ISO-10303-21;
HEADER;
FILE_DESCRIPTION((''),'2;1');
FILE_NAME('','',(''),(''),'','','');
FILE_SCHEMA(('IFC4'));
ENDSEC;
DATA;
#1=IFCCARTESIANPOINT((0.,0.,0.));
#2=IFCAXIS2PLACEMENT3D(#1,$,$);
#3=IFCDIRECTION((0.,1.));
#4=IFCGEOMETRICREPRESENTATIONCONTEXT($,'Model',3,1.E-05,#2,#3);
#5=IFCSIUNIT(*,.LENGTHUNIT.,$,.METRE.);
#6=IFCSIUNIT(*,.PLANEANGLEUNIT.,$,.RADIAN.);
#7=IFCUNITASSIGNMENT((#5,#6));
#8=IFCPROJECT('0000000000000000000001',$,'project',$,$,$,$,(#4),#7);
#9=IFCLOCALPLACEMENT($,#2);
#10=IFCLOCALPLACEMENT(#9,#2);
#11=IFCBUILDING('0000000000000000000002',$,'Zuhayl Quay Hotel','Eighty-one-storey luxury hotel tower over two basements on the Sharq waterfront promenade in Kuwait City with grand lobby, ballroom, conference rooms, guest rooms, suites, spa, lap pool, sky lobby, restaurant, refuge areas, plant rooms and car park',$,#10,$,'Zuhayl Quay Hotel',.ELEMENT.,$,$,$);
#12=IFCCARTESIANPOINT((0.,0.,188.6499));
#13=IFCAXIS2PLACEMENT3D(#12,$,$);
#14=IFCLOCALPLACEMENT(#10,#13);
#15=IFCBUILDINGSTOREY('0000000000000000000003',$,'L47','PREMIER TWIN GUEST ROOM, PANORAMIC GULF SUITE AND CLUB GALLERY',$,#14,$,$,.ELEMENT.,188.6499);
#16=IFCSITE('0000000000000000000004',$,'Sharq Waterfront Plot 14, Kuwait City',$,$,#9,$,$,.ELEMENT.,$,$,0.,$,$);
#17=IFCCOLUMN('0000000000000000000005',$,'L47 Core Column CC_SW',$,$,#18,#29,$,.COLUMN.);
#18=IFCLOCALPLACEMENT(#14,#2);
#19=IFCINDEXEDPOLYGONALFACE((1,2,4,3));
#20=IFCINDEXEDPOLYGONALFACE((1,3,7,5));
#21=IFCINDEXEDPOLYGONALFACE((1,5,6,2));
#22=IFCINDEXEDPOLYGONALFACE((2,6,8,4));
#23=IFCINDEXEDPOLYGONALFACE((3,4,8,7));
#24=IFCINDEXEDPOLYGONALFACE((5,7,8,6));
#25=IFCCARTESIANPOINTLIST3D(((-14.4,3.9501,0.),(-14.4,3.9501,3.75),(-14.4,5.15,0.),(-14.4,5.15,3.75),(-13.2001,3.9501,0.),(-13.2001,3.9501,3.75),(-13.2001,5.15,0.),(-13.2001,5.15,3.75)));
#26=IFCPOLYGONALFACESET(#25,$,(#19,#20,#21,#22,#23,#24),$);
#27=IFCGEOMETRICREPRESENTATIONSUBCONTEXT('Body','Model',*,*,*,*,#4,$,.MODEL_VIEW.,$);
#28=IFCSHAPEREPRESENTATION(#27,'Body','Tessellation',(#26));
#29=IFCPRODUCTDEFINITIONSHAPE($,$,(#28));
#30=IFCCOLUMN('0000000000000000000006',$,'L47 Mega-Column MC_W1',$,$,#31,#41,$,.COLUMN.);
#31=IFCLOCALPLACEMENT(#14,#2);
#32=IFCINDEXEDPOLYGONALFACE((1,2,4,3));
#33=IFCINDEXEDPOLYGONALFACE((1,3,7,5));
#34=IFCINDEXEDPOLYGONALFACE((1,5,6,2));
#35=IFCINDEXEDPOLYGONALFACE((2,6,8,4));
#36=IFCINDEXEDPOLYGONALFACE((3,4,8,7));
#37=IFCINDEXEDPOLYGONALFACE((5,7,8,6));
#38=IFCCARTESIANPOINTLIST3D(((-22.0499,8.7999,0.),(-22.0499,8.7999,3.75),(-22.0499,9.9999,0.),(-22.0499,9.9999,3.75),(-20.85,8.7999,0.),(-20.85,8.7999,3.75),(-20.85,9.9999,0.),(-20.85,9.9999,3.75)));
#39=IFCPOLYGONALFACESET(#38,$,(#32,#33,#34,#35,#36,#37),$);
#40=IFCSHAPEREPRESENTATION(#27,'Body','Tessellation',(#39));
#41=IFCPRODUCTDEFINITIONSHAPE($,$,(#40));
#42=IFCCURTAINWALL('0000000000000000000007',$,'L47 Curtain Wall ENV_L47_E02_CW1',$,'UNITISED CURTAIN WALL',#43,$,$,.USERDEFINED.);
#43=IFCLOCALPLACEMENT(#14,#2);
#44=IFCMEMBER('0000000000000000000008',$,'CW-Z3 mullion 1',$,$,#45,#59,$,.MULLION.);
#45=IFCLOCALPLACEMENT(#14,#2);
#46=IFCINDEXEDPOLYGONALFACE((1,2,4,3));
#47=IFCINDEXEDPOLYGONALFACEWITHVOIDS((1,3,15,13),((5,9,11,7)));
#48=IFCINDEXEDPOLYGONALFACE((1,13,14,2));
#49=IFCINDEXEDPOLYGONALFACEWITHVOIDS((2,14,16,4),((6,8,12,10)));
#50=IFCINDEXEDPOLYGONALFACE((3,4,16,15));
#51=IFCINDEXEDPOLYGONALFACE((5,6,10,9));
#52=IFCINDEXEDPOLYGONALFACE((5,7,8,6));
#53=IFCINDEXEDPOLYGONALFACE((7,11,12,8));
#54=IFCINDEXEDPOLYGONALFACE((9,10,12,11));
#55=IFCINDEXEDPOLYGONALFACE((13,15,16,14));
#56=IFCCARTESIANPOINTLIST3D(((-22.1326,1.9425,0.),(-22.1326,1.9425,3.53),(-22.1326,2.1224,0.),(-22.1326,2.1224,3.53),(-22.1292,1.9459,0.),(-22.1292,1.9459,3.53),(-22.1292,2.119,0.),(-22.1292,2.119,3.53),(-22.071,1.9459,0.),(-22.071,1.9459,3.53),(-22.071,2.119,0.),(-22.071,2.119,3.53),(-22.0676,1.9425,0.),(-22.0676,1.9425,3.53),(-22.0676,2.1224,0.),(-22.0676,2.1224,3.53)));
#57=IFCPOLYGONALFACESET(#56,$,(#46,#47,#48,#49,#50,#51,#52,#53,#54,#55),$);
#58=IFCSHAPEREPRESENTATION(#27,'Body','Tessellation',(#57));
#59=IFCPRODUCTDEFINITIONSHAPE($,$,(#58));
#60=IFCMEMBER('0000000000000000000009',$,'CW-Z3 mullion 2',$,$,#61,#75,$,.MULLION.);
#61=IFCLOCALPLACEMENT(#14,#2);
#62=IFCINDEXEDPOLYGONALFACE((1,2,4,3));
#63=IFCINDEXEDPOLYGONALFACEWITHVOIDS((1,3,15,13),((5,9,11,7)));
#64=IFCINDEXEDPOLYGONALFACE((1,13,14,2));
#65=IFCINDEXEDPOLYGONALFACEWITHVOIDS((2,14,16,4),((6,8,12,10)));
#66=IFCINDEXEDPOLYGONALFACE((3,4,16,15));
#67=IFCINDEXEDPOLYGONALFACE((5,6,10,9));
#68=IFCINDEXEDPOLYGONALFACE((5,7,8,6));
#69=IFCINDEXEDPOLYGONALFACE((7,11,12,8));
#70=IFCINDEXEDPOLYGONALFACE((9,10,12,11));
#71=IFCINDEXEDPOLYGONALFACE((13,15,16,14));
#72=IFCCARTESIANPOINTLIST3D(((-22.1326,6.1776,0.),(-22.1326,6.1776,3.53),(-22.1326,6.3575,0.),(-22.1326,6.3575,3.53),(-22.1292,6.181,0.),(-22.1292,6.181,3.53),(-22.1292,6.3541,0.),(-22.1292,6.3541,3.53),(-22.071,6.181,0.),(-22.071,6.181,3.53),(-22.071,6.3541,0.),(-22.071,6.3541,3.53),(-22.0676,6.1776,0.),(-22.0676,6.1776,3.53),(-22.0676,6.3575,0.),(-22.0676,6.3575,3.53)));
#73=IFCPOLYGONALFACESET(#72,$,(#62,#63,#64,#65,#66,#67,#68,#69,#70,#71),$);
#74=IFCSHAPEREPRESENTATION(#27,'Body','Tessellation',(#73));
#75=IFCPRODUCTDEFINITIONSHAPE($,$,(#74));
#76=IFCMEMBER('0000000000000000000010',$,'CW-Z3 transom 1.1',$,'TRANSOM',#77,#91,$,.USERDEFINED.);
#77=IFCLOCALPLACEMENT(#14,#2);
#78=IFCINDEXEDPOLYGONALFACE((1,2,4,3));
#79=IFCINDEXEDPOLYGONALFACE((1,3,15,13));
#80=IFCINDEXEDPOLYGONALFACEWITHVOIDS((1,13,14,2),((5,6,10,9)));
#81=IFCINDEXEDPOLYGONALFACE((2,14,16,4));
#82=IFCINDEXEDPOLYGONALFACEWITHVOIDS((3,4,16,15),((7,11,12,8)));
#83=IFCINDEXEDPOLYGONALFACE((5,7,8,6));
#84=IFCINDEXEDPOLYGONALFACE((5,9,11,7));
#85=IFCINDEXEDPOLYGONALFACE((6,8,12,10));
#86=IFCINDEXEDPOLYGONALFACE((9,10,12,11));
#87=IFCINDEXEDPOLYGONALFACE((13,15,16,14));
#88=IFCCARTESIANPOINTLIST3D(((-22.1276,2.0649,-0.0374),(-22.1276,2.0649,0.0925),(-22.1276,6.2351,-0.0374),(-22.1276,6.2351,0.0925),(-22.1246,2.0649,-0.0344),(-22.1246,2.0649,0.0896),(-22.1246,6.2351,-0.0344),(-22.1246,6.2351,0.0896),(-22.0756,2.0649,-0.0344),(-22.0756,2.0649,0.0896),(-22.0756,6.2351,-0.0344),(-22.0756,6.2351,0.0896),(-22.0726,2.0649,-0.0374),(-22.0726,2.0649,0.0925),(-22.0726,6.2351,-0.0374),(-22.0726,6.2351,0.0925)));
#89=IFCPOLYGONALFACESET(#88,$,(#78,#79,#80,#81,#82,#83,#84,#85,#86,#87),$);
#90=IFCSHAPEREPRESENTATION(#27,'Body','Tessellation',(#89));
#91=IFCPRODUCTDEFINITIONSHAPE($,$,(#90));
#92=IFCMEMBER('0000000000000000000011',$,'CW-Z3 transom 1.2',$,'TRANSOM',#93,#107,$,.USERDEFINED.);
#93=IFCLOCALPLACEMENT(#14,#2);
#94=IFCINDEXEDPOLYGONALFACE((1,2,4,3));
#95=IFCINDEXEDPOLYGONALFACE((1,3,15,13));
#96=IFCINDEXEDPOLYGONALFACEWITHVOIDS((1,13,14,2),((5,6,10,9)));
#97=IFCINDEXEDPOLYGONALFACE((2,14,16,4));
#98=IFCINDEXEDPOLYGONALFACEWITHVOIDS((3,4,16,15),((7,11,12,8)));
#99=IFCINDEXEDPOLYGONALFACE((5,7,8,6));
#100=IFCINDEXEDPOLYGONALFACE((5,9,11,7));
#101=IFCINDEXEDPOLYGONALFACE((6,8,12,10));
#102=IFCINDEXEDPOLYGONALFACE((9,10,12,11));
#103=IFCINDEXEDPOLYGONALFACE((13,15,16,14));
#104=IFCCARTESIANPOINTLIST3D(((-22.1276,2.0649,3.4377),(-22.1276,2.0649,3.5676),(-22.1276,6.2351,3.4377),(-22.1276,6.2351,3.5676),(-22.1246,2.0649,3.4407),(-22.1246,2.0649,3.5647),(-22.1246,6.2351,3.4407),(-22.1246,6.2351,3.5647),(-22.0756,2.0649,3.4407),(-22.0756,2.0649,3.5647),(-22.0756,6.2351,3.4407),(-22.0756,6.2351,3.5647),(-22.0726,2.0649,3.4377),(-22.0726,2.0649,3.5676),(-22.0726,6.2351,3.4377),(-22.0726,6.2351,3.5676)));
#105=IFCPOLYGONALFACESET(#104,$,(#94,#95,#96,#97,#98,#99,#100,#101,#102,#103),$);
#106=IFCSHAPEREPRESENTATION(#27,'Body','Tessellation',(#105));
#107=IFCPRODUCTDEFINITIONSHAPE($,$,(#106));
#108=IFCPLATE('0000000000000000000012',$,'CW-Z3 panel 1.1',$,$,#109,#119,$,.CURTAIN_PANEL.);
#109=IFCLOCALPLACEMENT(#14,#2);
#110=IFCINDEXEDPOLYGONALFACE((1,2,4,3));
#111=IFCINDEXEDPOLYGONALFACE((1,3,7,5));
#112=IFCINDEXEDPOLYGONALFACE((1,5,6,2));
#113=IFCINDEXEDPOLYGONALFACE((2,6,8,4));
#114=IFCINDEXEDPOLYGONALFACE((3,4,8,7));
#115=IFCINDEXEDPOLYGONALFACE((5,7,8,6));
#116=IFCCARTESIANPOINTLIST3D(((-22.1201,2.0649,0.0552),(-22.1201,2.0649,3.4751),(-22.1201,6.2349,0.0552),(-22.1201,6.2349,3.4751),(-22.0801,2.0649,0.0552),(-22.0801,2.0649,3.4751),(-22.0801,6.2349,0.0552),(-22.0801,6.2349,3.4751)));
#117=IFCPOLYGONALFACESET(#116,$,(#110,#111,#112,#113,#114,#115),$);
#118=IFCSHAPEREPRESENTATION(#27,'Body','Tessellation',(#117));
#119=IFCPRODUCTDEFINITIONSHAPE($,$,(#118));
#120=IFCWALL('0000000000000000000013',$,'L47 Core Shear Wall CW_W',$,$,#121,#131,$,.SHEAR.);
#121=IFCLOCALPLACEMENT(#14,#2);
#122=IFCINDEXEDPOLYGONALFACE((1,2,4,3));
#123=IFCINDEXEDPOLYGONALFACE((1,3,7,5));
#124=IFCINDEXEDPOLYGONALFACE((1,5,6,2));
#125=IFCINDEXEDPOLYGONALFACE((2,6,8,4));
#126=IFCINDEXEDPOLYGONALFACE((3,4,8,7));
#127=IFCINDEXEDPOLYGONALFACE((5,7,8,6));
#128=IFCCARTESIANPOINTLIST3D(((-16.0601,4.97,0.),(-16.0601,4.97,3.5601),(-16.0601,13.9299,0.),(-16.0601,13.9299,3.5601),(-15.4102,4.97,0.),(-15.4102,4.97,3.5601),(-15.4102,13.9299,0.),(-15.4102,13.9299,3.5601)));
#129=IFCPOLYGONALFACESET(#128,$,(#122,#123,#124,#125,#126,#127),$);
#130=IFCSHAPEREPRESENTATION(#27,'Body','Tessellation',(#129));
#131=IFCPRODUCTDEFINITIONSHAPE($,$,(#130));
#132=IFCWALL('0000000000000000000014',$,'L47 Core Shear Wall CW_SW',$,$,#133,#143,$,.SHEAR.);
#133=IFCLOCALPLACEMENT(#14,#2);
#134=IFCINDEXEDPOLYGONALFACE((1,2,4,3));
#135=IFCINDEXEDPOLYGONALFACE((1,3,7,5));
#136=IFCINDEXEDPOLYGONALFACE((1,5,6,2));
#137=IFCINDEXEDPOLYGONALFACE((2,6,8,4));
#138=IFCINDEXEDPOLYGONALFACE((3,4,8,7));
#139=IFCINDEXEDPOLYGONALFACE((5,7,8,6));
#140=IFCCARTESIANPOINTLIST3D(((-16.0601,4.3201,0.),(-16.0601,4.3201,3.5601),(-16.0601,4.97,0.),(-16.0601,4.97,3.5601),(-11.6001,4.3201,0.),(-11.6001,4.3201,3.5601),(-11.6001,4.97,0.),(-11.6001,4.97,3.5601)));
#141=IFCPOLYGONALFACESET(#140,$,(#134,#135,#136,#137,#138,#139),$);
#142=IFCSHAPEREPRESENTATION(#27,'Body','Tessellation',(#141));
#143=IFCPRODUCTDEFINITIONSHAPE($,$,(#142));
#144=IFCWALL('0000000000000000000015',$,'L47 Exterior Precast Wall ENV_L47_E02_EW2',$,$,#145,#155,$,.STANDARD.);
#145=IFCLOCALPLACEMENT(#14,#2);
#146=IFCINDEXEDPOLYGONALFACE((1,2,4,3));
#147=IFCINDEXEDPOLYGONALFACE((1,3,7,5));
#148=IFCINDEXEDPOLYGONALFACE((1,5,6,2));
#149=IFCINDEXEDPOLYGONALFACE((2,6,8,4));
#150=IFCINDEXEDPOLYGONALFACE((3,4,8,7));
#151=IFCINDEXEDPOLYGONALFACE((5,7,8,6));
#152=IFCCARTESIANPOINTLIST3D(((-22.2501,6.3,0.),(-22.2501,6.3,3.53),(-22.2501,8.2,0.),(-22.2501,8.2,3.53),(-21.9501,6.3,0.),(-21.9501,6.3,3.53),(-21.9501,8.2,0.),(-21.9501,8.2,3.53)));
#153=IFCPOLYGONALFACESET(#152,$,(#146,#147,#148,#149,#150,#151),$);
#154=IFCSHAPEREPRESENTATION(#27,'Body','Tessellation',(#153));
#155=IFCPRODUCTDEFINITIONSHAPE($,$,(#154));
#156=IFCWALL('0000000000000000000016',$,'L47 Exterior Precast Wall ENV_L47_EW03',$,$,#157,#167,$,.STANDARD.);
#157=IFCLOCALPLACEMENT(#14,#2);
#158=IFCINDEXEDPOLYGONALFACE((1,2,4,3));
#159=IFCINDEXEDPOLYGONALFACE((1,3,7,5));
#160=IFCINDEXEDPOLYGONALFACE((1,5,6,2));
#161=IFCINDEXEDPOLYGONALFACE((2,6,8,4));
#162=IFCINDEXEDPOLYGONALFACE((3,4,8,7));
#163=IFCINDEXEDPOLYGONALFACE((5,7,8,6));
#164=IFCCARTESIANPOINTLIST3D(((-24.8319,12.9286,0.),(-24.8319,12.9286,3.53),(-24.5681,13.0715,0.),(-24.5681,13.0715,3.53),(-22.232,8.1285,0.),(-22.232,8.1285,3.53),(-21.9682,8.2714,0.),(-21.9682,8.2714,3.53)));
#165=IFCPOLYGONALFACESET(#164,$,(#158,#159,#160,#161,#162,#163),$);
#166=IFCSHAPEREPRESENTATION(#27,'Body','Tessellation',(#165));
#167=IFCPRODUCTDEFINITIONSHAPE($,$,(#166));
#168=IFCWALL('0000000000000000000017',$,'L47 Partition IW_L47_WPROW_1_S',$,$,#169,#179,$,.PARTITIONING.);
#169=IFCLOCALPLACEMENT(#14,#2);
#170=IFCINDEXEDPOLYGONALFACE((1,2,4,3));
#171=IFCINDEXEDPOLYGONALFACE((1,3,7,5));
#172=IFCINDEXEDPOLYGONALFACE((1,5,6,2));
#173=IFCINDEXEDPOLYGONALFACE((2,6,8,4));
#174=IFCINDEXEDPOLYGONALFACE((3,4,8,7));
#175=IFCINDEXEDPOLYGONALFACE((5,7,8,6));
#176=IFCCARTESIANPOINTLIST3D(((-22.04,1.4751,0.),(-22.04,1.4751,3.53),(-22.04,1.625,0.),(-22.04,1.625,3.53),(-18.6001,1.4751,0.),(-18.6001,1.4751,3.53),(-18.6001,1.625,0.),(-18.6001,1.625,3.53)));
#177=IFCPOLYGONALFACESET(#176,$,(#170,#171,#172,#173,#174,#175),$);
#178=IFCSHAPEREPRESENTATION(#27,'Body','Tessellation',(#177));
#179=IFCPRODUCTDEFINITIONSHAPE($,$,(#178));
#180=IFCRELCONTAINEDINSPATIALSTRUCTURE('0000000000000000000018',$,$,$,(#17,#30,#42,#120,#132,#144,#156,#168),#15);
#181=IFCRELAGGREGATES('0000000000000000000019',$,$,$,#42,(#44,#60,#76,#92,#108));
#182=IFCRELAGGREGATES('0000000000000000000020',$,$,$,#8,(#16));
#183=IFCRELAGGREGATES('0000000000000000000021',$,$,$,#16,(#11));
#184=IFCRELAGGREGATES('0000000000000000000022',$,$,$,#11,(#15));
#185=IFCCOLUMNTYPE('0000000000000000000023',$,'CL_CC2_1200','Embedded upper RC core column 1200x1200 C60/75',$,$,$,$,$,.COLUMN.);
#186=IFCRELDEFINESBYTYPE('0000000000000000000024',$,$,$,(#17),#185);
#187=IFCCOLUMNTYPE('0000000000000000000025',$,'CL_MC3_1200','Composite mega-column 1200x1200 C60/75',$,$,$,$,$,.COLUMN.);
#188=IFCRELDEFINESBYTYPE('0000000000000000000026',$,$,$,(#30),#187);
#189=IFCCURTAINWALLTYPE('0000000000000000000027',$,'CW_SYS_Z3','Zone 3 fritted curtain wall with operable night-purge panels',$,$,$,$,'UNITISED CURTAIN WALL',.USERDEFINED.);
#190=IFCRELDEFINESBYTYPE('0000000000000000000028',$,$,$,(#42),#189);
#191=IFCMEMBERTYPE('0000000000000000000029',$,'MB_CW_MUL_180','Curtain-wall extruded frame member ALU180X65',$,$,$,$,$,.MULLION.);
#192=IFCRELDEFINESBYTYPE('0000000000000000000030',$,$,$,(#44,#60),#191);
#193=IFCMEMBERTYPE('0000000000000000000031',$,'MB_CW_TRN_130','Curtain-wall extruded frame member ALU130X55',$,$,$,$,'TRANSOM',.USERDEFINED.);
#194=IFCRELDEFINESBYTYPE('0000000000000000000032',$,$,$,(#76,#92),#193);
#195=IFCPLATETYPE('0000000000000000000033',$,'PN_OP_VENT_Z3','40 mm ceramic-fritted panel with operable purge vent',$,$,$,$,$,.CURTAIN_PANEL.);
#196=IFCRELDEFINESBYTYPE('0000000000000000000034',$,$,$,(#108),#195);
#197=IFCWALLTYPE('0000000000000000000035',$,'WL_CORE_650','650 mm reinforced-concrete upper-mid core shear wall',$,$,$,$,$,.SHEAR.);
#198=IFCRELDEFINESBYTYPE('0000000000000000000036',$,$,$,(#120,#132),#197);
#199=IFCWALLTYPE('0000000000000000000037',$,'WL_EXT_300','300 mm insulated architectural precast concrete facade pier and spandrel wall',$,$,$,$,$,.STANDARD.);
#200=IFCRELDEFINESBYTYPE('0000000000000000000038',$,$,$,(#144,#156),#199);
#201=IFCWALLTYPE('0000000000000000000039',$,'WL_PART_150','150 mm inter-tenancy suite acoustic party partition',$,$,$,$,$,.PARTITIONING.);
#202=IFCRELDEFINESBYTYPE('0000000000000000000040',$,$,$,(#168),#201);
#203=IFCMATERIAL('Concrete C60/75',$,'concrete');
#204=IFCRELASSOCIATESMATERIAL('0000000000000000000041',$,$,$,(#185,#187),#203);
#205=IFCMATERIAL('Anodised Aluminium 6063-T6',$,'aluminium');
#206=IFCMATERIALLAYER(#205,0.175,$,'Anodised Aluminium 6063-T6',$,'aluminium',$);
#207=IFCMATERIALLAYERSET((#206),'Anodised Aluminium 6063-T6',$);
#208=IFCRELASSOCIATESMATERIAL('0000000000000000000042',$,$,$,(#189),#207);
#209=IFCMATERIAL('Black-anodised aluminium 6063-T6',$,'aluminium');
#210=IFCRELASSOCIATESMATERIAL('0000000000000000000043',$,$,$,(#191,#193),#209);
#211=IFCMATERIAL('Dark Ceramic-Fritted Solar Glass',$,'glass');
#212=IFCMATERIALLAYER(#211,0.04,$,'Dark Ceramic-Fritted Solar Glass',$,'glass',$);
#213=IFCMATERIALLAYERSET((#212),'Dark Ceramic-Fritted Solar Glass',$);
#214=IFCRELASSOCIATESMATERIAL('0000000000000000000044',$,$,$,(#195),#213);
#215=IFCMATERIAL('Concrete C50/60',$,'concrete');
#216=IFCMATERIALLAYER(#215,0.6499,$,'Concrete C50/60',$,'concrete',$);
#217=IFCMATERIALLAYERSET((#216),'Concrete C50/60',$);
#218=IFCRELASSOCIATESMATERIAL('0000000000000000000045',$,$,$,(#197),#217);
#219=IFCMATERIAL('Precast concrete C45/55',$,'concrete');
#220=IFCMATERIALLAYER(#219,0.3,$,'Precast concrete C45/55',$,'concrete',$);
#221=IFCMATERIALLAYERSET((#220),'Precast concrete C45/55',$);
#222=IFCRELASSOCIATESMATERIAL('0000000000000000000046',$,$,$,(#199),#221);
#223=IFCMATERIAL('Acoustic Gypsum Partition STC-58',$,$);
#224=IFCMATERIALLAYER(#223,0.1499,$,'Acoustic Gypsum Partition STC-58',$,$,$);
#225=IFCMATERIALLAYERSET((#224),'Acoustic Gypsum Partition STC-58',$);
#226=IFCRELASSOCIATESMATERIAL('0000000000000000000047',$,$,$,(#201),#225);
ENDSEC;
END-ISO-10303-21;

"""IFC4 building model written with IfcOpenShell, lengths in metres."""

from ifc_helpers import new_model, si_unit, direction, frame, frame_2d, origin, origin_2d, place, context, subcontext, project, spatial, rectangle, hollow_rectangle, extrude, material, layer, layer_set, material_profile, profile_set, type_object, element, aggregate, save


model = new_model("IFC4")

# Units and contexts
model_context = context("Model", 3, precision=1e-05, world=origin(), true_north=direction((0.0, 1.0)))
body_context = subcontext(model_context, "Body", "Model", "MODEL_VIEW")
ifc_project = project(units=[si_unit("LENGTHUNIT", "METRE"), si_unit("PLANEANGLEUNIT", "RADIAN")], contexts=[model_context])

# Site, building, storey
site_placement = place(None, origin())
site = spatial("IfcSite", under=ifc_project, at=site_placement, Name="Sharq Waterfront Plot 14, Kuwait City", CompositionType="ELEMENT", RefElevation=0.0)
building_placement = place(site_placement, origin())
building = spatial("IfcBuilding", under=site, at=building_placement, Name="Zuhayl Quay Hotel", Description="Eighty-one-storey luxury hotel tower over two basements on the Sharq waterfront promenade in Kuwait City with grand lobby, ballroom, conference rooms, guest rooms, suites, spa, lap pool, sky lobby, restaurant, refuge areas, plant rooms and car park", LongName="Zuhayl Quay Hotel", CompositionType="ELEMENT")
storey_placement = place(building_placement, frame((0.0, 0.0, 188.6499)))
storey = spatial("IfcBuildingStorey", under=building, at=storey_placement, Name="L47", Description="PREMIER TWIN GUEST ROOM, PANORAMIC GULF SUITE AND CLUB GALLERY", CompositionType="ELEMENT", Elevation=188.6499)

# Columns
ifc_material_1 = material(Name="Concrete C60/75", Category="concrete")
ifc_material_profile_1 = material_profile(ifc_material_1, rectangle(XDim=1.2, YDim=1.2, at=origin_2d()), Name="RC1200X1200")
ifc_profile_set_1 = profile_set([ifc_material_profile_1], Name="Concrete C60/75")
column_type_1 = type_object("IfcColumnType", Name="CL_CC2_1200", Description="Embedded upper RC core column 1200x1200 C60/75", PredefinedType="COLUMN", material=ifc_profile_set_1)
column_1_placement = place(storey_placement, frame((-13.8, 4.55, 0.0), z_axis=(0.0, 0.0, 1.0), x_axis=(1.0, 0.0, 0.0)))
element("IfcColumn", 1, at=column_1_placement, inside=storey, type_object=column_type_1, Name="L47 Core Column CC_SW", PredefinedType="COLUMN", context=body_context, shape_type="SweptSolid", body=[
    extrude(rectangle(XDim=1.2, YDim=1.2, at=origin_2d()), origin(), (0.0, 0.0, 1.0), 3.75),
])
ifc_material_profile_2 = material_profile(ifc_material_1, rectangle(XDim=1.2, YDim=1.2, at=origin_2d()), Name="RC1200X1200")
ifc_profile_set_2 = profile_set([ifc_material_profile_2], Name="Concrete C60/75")
column_type_2 = type_object("IfcColumnType", Name="CL_MC3_1200", Description="Composite mega-column 1200x1200 C60/75", PredefinedType="COLUMN", material=ifc_profile_set_2)
column_2_placement = place(storey_placement, frame((-21.45, 9.3999, 0.0), z_axis=(0.0, 0.0, 1.0), x_axis=(1.0, 0.0, 0.0)))
element("IfcColumn", 2, at=column_2_placement, inside=storey, type_object=column_type_2, Name="L47 Mega-Column MC_W1", PredefinedType="COLUMN", context=body_context, shape_type="SweptSolid", body=[
    extrude(rectangle(XDim=1.2, YDim=1.2, at=origin_2d()), origin(), (0.0, 0.0, 1.0), 3.75),
])

# Curtain wall, members, plate
ifc_material_2 = material(Name="Anodised Aluminium 6063-T6", Category="aluminium")
ifc_layer_1 = layer(ifc_material_2, 0.175, Name="Anodised Aluminium 6063-T6", Category="aluminium")
ifc_layer_set_1 = layer_set([ifc_layer_1], Name="Anodised Aluminium 6063-T6")
curtain_wall_type = type_object("IfcCurtainWallType", Name="CW_SYS_Z3", Description="Zone 3 fritted curtain wall with operable night-purge panels", ElementType="UNITISED CURTAIN WALL", PredefinedType="USERDEFINED", material=ifc_layer_set_1)
curtain_wall_placement = place(storey_placement, origin())
curtain_wall = element("IfcCurtainWall", 3, at=curtain_wall_placement, inside=storey, type_object=curtain_wall_type, Name="L47 Curtain Wall ENV_L47_E02_CW1", ObjectType="UNITISED CURTAIN WALL", PredefinedType="USERDEFINED")
ifc_material_3 = material(Name="Black-anodised aluminium 6063-T6", Category="aluminium")
ifc_material_profile_3 = material_profile(ifc_material_3, hollow_rectangle(XDim=0.0649, YDim=0.1799, WallThickness=0.0034, at=origin_2d()), Name="ALU180X65")
ifc_profile_set_3 = profile_set([ifc_material_profile_3], Name="Black-anodised aluminium 6063-T6")
member_type_1 = type_object("IfcMemberType", Name="MB_CW_MUL_180", Description="Curtain-wall extruded frame member ALU180X65", PredefinedType="MULLION", material=ifc_profile_set_3)
member_1_placement = place(storey_placement, frame((-22.1001, 2.0325, 0.0), z_axis=(0.0, 0.0, 1.0), x_axis=(-1.0, 0.0, 0.0)))
member_1 = element("IfcMember", 4, at=member_1_placement, type_object=member_type_1, Name="CW-Z3 mullion 1", PredefinedType="MULLION", context=body_context, shape_type="SweptSolid", body=[
    extrude(hollow_rectangle(XDim=0.0649, YDim=0.1799, WallThickness=0.0034, at=origin_2d()), origin(), (0.0, 0.0, 1.0), 3.53),
])
member_2_placement = place(storey_placement, frame((-22.1001, 6.2676, 0.0), z_axis=(0.0, 0.0, 1.0), x_axis=(-1.0, 0.0, 0.0)))
member_2 = element("IfcMember", 5, at=member_2_placement, type_object=member_type_1, Name="CW-Z3 mullion 2", PredefinedType="MULLION", context=body_context, shape_type="SweptSolid", body=[
    extrude(hollow_rectangle(XDim=0.0649, YDim=0.1799, WallThickness=0.0034, at=origin_2d()), origin(), (0.0, 0.0, 1.0), 3.53),
])
ifc_material_profile_4 = material_profile(ifc_material_3, hollow_rectangle(XDim=0.0549, YDim=0.1299, WallThickness=0.0029, at=origin_2d()), Name="ALU130X55")
ifc_profile_set_4 = profile_set([ifc_material_profile_4], Name="Black-anodised aluminium 6063-T6")
member_type_2 = type_object("IfcMemberType", Name="MB_CW_TRN_130", Description="Curtain-wall extruded frame member ALU130X55", ElementType="TRANSOM", PredefinedType="USERDEFINED", material=ifc_profile_set_4)
member_3_placement = place(storey_placement, frame((-22.1001, 2.0649, 0.0276), z_axis=(0.0, 1.0, 0.0), x_axis=(-1.0, 0.0, 0.0)))
member_3 = element("IfcMember", 6, at=member_3_placement, type_object=member_type_2, Name="CW-Z3 transom 1.1", ObjectType="TRANSOM", PredefinedType="USERDEFINED", context=body_context, shape_type="SweptSolid", body=[
    extrude(hollow_rectangle(XDim=0.0549, YDim=0.1299, WallThickness=0.0029, at=origin_2d()), origin(), (0.0, 0.0, 1.0), 4.1702),
])
member_4_placement = place(storey_placement, frame((-22.1001, 2.0649, 3.5027), z_axis=(0.0, 1.0, 0.0), x_axis=(-1.0, 0.0, 0.0)))
member_4 = element("IfcMember", 7, at=member_4_placement, type_object=member_type_2, Name="CW-Z3 transom 1.2", ObjectType="TRANSOM", PredefinedType="USERDEFINED", context=body_context, shape_type="SweptSolid", body=[
    extrude(hollow_rectangle(XDim=0.0549, YDim=0.1299, WallThickness=0.0029, at=origin_2d()), origin(), (0.0, 0.0, 1.0), 4.1702),
])
ifc_material_4 = material(Name="Dark Ceramic-Fritted Solar Glass", Category="glass")
ifc_layer_2 = layer(ifc_material_4, 0.04, Name="Dark Ceramic-Fritted Solar Glass", Category="glass")
ifc_layer_set_2 = layer_set([ifc_layer_2], Name="Dark Ceramic-Fritted Solar Glass")
plate_type = type_object("IfcPlateType", Name="PN_OP_VENT_Z3", Description="40 mm ceramic-fritted panel with operable purge vent", PredefinedType="CURTAIN_PANEL", material=ifc_layer_set_2)
plate_placement = place(storey_placement, frame((-22.1001, 4.1499, 0.0552), z_axis=(0.0, 0.0, 1.0), x_axis=(0.0, 1.0, 0.0)))
plate = element("IfcPlate", 8, at=plate_placement, type_object=plate_type, Name="CW-Z3 panel 1.1", PredefinedType="CURTAIN_PANEL", context=body_context, shape_type="SweptSolid", body=[
    extrude(rectangle(XDim=4.1699, YDim=0.04, at=origin_2d()), origin(), (0.0, 0.0, 1.0), 3.4199),
])
aggregate(curtain_wall, [member_1, member_2, member_3, member_4, plate])

# Walls
ifc_material_5 = material(Name="Concrete C50/60", Category="concrete")
ifc_layer_3 = layer(ifc_material_5, 0.6499, Name="Concrete C50/60", Category="concrete")
ifc_layer_set_3 = layer_set([ifc_layer_3], Name="Concrete C50/60")
wall_type_1 = type_object("IfcWallType", Name="WL_CORE_650", Description="650 mm reinforced-concrete upper-mid core shear wall", PredefinedType="SHEAR", material=ifc_layer_set_3)
wall_1_placement = place(storey_placement, frame((-15.7351, 4.97, 0.0), z_axis=(0.0, 0.0, 1.0), x_axis=(0.0, 1.0, 0.0)))
element("IfcWall", 9, at=wall_1_placement, inside=storey, type_object=wall_type_1, Name="L47 Core Shear Wall CW_W", PredefinedType="SHEAR", context=body_context, shape_type="SweptSolid", body=[
    extrude(rectangle(XDim=8.96, YDim=0.6499, at=frame_2d((4.48, 0.0))), origin(), (0.0, 0.0, 1.0), 3.5601),
])
wall_2_placement = place(storey_placement, frame((-16.0601, 4.645, 0.0), z_axis=(0.0, 0.0, 1.0), x_axis=(1.0, 0.0, 0.0)))
element("IfcWall", 10, at=wall_2_placement, inside=storey, type_object=wall_type_1, Name="L47 Core Shear Wall CW_SW", PredefinedType="SHEAR", context=body_context, shape_type="SweptSolid", body=[
    extrude(rectangle(XDim=4.46, YDim=0.6499, at=frame_2d((2.23, 0.0))), origin(), (0.0, 0.0, 1.0), 3.5601),
])
ifc_material_6 = material(Name="Precast concrete C45/55", Category="concrete")
ifc_layer_4 = layer(ifc_material_6, 0.3, Name="Precast concrete C45/55", Category="concrete")
ifc_layer_set_4 = layer_set([ifc_layer_4], Name="Precast concrete C45/55")
wall_type_2 = type_object("IfcWallType", Name="WL_EXT_300", Description="300 mm insulated architectural precast concrete facade pier and spandrel wall", PredefinedType="STANDARD", material=ifc_layer_set_4)
wall_3_placement = place(storey_placement, frame((-22.1001, 6.3, 0.0), z_axis=(0.0, 0.0, 1.0), x_axis=(0.0, 1.0, 0.0)))
element("IfcWall", 11, at=wall_3_placement, inside=storey, type_object=wall_type_2, Name="L47 Exterior Precast Wall ENV_L47_E02_EW2", PredefinedType="STANDARD", context=body_context, shape_type="SweptSolid", body=[
    extrude(rectangle(XDim=1.8999, YDim=0.3, at=frame_2d((0.95, 0.0))), origin(), (0.0, 0.0, 1.0), 3.53),
])
wall_4_placement = place(storey_placement, frame((-22.1001, 8.2, 0.0), z_axis=(0.0, 0.0, 1.0), x_axis=(-0.476259, 0.879305, 0.0)))
element("IfcWall", 12, at=wall_4_placement, inside=storey, type_object=wall_type_2, Name="L47 Exterior Precast Wall ENV_L47_EW03", PredefinedType="STANDARD", context=body_context, shape_type="SweptSolid", body=[
    extrude(rectangle(XDim=5.459, YDim=0.3, at=frame_2d((2.7295, 0.0))), origin(), (0.0, 0.0, 1.0), 3.53),
])
ifc_material_7 = material(Name="Acoustic Gypsum Partition STC-58")
ifc_layer_5 = layer(ifc_material_7, 0.1499, Name="Acoustic Gypsum Partition STC-58")
ifc_layer_set_5 = layer_set([ifc_layer_5], Name="Acoustic Gypsum Partition STC-58")
wall_type_3 = type_object("IfcWallType", Name="WL_PART_150", Description="150 mm inter-tenancy suite acoustic party partition", PredefinedType="PARTITIONING", material=ifc_layer_set_5)
for number, where, z_axis, x_axis, name in (
    (13, (-22.04, 1.55, 0.0), (0.0, 0.0, 1.0), (1.0, 0.0, 0.0), "L47 Partition IW_L47_WPROW_1_S"),
):
    element("IfcWall", number, at=place(storey_placement, frame(where, z_axis=z_axis, x_axis=x_axis)), inside=storey, type_object=wall_type_3, Name=name, PredefinedType="PARTITIONING", context=body_context, shape_type="SweptSolid", body=[
        extrude(rectangle(XDim=3.4399, YDim=0.1499, at=frame_2d((1.72, 0.0))), origin(), (0.0, 0.0, 1.0), 3.53),
    ])

save(model, "model.ifc")
